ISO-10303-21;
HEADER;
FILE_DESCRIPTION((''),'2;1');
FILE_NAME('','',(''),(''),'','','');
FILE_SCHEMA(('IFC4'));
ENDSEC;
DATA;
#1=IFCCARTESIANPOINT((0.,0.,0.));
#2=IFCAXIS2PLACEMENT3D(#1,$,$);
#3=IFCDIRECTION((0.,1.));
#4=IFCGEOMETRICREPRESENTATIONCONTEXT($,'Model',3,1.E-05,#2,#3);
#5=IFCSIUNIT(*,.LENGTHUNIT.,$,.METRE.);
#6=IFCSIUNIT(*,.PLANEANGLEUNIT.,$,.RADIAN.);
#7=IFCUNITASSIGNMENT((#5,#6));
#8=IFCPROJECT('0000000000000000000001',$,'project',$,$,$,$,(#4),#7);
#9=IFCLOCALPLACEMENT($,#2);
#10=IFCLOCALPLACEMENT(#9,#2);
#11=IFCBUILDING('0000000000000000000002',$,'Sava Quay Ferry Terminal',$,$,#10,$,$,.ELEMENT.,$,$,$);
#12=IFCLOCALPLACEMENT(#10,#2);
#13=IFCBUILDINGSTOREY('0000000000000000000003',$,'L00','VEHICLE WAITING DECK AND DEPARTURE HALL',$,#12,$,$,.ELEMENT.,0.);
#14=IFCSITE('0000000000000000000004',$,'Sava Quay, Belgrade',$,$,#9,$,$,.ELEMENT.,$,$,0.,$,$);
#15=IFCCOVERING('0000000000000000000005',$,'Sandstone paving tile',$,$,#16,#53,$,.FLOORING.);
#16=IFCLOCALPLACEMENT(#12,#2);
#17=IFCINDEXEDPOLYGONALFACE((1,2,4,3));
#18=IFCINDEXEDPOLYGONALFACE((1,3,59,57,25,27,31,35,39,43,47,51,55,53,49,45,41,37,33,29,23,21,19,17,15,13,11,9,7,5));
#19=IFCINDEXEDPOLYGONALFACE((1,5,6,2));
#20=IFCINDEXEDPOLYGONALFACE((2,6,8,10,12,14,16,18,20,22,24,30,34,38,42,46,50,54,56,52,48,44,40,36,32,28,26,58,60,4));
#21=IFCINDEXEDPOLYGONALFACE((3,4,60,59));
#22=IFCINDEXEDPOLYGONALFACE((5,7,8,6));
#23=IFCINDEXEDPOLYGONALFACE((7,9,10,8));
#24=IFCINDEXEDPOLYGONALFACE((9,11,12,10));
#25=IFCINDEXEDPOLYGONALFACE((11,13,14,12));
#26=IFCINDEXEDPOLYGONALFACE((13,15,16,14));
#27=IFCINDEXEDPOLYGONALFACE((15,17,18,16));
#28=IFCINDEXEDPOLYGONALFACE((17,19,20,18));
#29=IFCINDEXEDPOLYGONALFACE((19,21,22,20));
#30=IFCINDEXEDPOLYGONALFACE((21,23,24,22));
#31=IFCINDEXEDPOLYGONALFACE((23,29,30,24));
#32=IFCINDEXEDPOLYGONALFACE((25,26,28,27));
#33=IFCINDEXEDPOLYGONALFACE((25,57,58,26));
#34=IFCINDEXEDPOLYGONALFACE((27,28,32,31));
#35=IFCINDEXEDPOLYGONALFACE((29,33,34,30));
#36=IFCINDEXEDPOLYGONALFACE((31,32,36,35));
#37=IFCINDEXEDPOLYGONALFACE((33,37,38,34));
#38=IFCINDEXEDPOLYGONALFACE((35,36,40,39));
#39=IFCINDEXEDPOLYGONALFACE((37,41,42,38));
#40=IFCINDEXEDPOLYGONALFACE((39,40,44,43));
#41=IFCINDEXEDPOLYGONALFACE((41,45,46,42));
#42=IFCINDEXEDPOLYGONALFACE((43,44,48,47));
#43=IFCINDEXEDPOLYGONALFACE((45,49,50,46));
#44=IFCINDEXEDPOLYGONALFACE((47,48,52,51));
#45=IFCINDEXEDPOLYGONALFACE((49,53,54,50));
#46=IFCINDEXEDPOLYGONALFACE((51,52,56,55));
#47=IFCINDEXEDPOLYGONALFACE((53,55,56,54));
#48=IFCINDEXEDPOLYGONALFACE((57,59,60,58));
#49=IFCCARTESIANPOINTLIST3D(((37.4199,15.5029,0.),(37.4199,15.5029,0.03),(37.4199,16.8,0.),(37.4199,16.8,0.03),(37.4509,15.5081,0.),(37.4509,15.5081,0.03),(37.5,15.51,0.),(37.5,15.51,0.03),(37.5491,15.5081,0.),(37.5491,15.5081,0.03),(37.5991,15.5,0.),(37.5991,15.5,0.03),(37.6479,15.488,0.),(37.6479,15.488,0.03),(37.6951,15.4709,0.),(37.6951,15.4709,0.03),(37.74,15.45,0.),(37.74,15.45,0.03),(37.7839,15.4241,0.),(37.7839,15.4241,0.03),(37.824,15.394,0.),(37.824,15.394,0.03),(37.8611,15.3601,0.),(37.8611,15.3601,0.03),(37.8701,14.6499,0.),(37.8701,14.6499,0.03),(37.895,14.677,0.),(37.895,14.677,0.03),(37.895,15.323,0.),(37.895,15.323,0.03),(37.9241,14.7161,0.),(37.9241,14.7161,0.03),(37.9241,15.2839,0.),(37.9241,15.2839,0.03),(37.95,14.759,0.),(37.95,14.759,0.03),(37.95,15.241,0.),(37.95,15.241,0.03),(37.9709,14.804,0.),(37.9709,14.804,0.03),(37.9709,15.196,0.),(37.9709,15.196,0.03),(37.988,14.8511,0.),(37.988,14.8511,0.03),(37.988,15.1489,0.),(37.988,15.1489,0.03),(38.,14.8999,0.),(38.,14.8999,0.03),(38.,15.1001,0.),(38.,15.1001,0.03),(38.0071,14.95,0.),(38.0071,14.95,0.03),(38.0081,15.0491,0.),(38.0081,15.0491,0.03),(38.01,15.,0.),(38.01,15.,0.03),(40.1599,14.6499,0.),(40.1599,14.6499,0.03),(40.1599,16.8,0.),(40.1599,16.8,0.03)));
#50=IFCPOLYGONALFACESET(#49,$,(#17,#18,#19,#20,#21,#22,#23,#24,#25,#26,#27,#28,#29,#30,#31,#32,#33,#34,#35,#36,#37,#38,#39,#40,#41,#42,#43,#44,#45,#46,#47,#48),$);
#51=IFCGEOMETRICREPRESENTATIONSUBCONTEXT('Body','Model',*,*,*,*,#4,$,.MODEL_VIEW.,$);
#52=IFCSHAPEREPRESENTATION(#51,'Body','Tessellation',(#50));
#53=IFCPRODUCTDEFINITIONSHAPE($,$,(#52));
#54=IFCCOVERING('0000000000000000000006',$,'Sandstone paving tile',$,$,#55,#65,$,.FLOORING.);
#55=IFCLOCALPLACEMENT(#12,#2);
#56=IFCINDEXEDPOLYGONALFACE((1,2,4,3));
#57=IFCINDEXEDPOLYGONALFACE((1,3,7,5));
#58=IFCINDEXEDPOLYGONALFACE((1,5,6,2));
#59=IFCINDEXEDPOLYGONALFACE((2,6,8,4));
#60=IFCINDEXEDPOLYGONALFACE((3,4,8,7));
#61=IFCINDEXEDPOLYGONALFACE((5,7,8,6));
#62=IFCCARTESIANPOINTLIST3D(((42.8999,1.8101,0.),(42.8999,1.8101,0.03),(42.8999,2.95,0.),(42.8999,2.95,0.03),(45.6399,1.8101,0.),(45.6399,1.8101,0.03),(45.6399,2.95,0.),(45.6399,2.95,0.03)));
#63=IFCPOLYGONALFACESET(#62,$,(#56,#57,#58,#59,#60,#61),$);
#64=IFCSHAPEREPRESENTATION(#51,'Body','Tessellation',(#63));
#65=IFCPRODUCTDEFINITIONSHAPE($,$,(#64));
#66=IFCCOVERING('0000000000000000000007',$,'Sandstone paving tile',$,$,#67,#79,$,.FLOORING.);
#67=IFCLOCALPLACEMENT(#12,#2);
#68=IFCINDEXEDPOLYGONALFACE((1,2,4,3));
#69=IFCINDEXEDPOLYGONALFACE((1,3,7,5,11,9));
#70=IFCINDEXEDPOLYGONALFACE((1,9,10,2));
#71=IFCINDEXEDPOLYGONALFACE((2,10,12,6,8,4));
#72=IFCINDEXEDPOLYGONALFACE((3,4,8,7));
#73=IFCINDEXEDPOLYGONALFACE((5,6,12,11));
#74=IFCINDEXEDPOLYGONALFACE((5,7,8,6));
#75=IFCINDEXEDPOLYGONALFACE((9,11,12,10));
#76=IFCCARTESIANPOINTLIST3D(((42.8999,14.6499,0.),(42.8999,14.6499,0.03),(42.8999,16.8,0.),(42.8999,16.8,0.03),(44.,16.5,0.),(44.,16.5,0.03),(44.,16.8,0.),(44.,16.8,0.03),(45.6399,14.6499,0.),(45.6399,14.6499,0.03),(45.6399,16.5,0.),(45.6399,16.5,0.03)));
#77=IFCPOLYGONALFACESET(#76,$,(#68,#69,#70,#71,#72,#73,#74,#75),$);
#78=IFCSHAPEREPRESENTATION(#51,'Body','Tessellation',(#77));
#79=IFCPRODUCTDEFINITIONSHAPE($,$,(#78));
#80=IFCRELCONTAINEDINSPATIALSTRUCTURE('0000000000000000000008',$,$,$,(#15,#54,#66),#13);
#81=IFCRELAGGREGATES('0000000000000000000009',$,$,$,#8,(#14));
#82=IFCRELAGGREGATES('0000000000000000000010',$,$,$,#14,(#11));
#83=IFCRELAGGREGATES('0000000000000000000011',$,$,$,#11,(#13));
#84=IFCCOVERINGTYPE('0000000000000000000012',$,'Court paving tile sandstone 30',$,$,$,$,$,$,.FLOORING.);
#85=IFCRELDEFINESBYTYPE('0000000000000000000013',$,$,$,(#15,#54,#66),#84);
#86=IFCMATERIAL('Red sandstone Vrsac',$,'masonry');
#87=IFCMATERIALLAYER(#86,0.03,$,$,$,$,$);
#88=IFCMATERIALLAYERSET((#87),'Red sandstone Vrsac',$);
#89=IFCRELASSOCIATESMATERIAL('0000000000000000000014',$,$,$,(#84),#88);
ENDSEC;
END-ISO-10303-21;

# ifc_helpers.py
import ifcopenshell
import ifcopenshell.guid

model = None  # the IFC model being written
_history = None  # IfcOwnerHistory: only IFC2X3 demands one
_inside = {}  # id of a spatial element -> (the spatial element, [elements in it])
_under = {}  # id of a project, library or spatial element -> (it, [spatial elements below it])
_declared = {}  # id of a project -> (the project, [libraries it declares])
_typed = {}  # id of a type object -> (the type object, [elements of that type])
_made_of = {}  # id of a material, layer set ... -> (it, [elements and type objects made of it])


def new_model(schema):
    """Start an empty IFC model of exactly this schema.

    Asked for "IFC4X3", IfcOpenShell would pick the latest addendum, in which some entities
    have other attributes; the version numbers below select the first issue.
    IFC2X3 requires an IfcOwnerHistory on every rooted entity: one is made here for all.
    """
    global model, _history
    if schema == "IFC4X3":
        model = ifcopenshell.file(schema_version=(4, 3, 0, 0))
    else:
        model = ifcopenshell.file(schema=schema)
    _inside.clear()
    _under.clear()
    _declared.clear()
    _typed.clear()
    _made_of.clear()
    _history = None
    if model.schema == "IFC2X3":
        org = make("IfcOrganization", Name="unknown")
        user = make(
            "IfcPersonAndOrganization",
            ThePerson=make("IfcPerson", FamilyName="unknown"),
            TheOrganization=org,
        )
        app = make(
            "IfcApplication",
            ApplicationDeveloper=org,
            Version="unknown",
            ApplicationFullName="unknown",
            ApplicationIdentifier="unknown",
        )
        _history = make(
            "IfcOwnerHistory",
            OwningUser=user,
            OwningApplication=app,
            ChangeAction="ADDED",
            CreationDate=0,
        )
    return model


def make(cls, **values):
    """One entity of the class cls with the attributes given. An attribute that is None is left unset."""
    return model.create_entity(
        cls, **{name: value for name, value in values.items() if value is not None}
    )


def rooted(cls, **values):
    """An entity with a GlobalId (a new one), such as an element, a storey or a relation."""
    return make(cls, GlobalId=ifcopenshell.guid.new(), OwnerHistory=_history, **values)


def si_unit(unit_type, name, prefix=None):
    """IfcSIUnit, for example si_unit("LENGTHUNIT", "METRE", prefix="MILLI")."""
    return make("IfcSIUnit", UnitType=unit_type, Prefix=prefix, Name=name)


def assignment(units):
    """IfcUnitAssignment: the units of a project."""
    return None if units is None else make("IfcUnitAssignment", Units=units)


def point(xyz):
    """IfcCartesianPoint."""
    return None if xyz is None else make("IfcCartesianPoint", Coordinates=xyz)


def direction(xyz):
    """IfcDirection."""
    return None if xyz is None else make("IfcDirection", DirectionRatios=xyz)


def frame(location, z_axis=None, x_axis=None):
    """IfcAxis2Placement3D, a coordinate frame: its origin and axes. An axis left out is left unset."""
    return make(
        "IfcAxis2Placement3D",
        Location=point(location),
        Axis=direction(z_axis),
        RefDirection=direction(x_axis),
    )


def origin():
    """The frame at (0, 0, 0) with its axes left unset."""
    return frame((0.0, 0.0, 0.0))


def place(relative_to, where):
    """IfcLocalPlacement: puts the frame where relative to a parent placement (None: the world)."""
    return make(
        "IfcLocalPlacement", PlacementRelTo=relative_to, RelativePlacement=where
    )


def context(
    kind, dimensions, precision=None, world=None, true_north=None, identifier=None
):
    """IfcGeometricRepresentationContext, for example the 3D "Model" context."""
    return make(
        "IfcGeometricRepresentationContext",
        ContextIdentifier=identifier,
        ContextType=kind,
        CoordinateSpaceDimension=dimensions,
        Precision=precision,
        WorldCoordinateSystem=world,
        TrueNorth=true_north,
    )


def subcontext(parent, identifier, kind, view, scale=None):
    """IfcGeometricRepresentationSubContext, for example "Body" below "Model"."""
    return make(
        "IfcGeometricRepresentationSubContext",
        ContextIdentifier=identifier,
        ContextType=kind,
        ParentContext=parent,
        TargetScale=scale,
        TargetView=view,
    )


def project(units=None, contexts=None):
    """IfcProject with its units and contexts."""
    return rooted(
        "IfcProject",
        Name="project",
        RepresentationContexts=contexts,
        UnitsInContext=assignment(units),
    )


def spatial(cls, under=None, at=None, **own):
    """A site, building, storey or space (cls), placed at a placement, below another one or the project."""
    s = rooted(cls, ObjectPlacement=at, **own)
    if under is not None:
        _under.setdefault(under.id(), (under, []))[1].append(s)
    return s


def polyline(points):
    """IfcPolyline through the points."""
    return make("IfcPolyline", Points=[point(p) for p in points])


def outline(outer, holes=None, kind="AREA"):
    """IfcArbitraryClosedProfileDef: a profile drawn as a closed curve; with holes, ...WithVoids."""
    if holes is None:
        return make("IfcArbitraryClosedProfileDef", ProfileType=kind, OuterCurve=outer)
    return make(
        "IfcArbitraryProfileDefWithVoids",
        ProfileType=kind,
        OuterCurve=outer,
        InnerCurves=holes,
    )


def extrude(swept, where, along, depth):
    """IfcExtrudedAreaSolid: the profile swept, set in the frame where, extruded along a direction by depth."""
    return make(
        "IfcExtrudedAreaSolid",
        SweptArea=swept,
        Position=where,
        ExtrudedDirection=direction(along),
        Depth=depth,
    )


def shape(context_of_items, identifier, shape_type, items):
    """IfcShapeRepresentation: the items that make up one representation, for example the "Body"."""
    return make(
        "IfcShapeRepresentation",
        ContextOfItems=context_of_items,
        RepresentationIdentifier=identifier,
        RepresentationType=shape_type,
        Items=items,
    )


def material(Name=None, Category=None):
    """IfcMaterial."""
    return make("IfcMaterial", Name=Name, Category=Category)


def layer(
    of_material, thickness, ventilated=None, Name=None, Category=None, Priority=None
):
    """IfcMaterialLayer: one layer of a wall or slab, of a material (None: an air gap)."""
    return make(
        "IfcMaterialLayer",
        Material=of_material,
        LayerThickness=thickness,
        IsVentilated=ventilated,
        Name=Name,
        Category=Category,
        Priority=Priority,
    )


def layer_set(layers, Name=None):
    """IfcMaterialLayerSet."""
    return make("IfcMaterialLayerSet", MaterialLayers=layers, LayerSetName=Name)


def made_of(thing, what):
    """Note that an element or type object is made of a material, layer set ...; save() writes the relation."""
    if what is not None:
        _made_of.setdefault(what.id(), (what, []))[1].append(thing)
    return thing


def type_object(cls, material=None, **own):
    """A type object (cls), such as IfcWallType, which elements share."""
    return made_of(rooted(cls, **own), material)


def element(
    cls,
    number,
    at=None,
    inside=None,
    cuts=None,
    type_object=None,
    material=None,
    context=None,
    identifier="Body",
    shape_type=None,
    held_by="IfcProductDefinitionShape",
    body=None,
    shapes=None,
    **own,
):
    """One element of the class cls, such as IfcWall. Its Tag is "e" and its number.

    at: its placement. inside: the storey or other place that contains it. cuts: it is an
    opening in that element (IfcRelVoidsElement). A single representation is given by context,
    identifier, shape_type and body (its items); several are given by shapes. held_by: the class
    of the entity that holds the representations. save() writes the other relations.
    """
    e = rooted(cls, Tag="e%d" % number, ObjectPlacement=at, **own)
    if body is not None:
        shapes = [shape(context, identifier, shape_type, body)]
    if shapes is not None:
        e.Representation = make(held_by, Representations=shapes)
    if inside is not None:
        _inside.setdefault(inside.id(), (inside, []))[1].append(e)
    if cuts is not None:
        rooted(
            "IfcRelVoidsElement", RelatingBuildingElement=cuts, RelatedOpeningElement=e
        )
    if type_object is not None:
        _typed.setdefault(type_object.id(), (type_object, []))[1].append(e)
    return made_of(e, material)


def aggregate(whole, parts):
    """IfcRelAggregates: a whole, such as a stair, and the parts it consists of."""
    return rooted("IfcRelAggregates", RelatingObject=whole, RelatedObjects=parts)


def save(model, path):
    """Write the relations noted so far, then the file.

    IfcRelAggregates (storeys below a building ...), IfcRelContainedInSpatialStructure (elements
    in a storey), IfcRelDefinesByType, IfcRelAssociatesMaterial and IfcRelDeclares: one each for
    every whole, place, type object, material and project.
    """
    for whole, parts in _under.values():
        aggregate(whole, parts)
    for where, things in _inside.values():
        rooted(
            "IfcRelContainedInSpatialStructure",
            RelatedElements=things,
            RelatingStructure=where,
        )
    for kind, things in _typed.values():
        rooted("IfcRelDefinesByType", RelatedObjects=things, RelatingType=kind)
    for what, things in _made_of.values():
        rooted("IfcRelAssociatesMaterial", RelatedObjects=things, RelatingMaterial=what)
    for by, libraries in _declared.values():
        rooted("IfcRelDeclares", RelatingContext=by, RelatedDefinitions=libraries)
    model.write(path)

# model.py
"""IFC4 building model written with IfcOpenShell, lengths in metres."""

from ifc_helpers import new_model, si_unit, direction, origin, place, context, subcontext, project, spatial, polyline, outline, extrude, material, layer, layer_set, type_object, element, save


model = new_model("IFC4")

# Units and contexts
model_context = context("Model", 3, precision=1e-05, world=origin(), true_north=direction((0.0, 1.0)))
body_context = subcontext(model_context, "Body", "Model", "MODEL_VIEW")
ifc_project = project(units=[si_unit("LENGTHUNIT", "METRE"), si_unit("PLANEANGLEUNIT", "RADIAN")], contexts=[model_context])

# Site, building, storey
site_placement = place(None, origin())
site = spatial("IfcSite", under=ifc_project, at=site_placement, Name="Sava Quay, Belgrade", CompositionType="ELEMENT", RefElevation=0.0)
building_placement = place(site_placement, origin())
building = spatial("IfcBuilding", under=site, at=building_placement, Name="Sava Quay Ferry Terminal", CompositionType="ELEMENT")
storey_placement = place(building_placement, origin())
storey = spatial("IfcBuildingStorey", under=building, at=storey_placement, Name="L00", Description="VEHICLE WAITING DECK AND DEPARTURE HALL", CompositionType="ELEMENT", Elevation=0.0)

# Coverings
ifc_material_1 = material(Name="Red sandstone Vrsac", Category="masonry")
ifc_layer_1 = layer(ifc_material_1, 0.03)
ifc_layer_set_1 = layer_set([ifc_layer_1], Name="Red sandstone Vrsac")
covering_type_1 = type_object("IfcCoveringType", Name="Court paving tile sandstone 30", PredefinedType="FLOORING", material=ifc_layer_set_1)
covering_1_placement = place(storey_placement, origin())
element("IfcCovering", 1, at=covering_1_placement, inside=storey, type_object=covering_type_1, Name="Sandstone paving tile", PredefinedType="FLOORING", context=body_context, shape_type="SweptSolid", body=[
    extrude(outline(polyline([(40.1599, 16.8), (37.4199, 16.8), (37.4199, 15.5029), (37.4509, 15.5081), (37.5, 15.51), (37.5491, 15.5081), (37.5991, 15.5), (37.6479, 15.488), (37.6951, 15.4709), (37.74, 15.45), (37.7839, 15.4241), (37.824, 15.394), (37.8611, 15.3601), (37.895, 15.323), (37.9241, 15.2839), (37.95, 15.241), (37.9709, 15.196), (37.988, 15.1489), (38.0, 15.1001), (38.0081, 15.0491), (38.01, 15.0), (38.0071, 14.95), (38.0, 14.8999), (37.988, 14.8511), (37.9709, 14.804), (37.95, 14.759), (37.9241, 14.7161), (37.895, 14.677), (37.8701, 14.6499), (40.1599, 14.6499), (40.1599, 16.8)])), origin(), (0.0, 0.0, 1.0), 0.03),
])
covering_2_placement = place(storey_placement, origin())
element("IfcCovering", 2, at=covering_2_placement, inside=storey, type_object=covering_type_1, Name="Sandstone paving tile", PredefinedType="FLOORING", context=body_context, shape_type="SweptSolid", body=[
    extrude(outline(polyline([(42.8999, 1.8101), (45.6399, 1.8101), (45.6399, 2.95), (42.8999, 2.95), (42.8999, 1.8101)])), origin(), (0.0, 0.0, 1.0), 0.03),
])
covering_3_placement = place(storey_placement, origin())
element("IfcCovering", 3, at=covering_3_placement, inside=storey, type_object=covering_type_1, Name="Sandstone paving tile", PredefinedType="FLOORING", context=body_context, shape_type="SweptSolid", body=[
    extrude(outline(polyline([(42.8999, 16.8), (42.8999, 14.6499), (45.6399, 14.6499), (45.6399, 16.5), (44.0, 16.5), (44.0, 16.8), (42.8999, 16.8)])), origin(), (0.0, 0.0, 1.0), 0.03),
])

save(model, "model.ifc")
